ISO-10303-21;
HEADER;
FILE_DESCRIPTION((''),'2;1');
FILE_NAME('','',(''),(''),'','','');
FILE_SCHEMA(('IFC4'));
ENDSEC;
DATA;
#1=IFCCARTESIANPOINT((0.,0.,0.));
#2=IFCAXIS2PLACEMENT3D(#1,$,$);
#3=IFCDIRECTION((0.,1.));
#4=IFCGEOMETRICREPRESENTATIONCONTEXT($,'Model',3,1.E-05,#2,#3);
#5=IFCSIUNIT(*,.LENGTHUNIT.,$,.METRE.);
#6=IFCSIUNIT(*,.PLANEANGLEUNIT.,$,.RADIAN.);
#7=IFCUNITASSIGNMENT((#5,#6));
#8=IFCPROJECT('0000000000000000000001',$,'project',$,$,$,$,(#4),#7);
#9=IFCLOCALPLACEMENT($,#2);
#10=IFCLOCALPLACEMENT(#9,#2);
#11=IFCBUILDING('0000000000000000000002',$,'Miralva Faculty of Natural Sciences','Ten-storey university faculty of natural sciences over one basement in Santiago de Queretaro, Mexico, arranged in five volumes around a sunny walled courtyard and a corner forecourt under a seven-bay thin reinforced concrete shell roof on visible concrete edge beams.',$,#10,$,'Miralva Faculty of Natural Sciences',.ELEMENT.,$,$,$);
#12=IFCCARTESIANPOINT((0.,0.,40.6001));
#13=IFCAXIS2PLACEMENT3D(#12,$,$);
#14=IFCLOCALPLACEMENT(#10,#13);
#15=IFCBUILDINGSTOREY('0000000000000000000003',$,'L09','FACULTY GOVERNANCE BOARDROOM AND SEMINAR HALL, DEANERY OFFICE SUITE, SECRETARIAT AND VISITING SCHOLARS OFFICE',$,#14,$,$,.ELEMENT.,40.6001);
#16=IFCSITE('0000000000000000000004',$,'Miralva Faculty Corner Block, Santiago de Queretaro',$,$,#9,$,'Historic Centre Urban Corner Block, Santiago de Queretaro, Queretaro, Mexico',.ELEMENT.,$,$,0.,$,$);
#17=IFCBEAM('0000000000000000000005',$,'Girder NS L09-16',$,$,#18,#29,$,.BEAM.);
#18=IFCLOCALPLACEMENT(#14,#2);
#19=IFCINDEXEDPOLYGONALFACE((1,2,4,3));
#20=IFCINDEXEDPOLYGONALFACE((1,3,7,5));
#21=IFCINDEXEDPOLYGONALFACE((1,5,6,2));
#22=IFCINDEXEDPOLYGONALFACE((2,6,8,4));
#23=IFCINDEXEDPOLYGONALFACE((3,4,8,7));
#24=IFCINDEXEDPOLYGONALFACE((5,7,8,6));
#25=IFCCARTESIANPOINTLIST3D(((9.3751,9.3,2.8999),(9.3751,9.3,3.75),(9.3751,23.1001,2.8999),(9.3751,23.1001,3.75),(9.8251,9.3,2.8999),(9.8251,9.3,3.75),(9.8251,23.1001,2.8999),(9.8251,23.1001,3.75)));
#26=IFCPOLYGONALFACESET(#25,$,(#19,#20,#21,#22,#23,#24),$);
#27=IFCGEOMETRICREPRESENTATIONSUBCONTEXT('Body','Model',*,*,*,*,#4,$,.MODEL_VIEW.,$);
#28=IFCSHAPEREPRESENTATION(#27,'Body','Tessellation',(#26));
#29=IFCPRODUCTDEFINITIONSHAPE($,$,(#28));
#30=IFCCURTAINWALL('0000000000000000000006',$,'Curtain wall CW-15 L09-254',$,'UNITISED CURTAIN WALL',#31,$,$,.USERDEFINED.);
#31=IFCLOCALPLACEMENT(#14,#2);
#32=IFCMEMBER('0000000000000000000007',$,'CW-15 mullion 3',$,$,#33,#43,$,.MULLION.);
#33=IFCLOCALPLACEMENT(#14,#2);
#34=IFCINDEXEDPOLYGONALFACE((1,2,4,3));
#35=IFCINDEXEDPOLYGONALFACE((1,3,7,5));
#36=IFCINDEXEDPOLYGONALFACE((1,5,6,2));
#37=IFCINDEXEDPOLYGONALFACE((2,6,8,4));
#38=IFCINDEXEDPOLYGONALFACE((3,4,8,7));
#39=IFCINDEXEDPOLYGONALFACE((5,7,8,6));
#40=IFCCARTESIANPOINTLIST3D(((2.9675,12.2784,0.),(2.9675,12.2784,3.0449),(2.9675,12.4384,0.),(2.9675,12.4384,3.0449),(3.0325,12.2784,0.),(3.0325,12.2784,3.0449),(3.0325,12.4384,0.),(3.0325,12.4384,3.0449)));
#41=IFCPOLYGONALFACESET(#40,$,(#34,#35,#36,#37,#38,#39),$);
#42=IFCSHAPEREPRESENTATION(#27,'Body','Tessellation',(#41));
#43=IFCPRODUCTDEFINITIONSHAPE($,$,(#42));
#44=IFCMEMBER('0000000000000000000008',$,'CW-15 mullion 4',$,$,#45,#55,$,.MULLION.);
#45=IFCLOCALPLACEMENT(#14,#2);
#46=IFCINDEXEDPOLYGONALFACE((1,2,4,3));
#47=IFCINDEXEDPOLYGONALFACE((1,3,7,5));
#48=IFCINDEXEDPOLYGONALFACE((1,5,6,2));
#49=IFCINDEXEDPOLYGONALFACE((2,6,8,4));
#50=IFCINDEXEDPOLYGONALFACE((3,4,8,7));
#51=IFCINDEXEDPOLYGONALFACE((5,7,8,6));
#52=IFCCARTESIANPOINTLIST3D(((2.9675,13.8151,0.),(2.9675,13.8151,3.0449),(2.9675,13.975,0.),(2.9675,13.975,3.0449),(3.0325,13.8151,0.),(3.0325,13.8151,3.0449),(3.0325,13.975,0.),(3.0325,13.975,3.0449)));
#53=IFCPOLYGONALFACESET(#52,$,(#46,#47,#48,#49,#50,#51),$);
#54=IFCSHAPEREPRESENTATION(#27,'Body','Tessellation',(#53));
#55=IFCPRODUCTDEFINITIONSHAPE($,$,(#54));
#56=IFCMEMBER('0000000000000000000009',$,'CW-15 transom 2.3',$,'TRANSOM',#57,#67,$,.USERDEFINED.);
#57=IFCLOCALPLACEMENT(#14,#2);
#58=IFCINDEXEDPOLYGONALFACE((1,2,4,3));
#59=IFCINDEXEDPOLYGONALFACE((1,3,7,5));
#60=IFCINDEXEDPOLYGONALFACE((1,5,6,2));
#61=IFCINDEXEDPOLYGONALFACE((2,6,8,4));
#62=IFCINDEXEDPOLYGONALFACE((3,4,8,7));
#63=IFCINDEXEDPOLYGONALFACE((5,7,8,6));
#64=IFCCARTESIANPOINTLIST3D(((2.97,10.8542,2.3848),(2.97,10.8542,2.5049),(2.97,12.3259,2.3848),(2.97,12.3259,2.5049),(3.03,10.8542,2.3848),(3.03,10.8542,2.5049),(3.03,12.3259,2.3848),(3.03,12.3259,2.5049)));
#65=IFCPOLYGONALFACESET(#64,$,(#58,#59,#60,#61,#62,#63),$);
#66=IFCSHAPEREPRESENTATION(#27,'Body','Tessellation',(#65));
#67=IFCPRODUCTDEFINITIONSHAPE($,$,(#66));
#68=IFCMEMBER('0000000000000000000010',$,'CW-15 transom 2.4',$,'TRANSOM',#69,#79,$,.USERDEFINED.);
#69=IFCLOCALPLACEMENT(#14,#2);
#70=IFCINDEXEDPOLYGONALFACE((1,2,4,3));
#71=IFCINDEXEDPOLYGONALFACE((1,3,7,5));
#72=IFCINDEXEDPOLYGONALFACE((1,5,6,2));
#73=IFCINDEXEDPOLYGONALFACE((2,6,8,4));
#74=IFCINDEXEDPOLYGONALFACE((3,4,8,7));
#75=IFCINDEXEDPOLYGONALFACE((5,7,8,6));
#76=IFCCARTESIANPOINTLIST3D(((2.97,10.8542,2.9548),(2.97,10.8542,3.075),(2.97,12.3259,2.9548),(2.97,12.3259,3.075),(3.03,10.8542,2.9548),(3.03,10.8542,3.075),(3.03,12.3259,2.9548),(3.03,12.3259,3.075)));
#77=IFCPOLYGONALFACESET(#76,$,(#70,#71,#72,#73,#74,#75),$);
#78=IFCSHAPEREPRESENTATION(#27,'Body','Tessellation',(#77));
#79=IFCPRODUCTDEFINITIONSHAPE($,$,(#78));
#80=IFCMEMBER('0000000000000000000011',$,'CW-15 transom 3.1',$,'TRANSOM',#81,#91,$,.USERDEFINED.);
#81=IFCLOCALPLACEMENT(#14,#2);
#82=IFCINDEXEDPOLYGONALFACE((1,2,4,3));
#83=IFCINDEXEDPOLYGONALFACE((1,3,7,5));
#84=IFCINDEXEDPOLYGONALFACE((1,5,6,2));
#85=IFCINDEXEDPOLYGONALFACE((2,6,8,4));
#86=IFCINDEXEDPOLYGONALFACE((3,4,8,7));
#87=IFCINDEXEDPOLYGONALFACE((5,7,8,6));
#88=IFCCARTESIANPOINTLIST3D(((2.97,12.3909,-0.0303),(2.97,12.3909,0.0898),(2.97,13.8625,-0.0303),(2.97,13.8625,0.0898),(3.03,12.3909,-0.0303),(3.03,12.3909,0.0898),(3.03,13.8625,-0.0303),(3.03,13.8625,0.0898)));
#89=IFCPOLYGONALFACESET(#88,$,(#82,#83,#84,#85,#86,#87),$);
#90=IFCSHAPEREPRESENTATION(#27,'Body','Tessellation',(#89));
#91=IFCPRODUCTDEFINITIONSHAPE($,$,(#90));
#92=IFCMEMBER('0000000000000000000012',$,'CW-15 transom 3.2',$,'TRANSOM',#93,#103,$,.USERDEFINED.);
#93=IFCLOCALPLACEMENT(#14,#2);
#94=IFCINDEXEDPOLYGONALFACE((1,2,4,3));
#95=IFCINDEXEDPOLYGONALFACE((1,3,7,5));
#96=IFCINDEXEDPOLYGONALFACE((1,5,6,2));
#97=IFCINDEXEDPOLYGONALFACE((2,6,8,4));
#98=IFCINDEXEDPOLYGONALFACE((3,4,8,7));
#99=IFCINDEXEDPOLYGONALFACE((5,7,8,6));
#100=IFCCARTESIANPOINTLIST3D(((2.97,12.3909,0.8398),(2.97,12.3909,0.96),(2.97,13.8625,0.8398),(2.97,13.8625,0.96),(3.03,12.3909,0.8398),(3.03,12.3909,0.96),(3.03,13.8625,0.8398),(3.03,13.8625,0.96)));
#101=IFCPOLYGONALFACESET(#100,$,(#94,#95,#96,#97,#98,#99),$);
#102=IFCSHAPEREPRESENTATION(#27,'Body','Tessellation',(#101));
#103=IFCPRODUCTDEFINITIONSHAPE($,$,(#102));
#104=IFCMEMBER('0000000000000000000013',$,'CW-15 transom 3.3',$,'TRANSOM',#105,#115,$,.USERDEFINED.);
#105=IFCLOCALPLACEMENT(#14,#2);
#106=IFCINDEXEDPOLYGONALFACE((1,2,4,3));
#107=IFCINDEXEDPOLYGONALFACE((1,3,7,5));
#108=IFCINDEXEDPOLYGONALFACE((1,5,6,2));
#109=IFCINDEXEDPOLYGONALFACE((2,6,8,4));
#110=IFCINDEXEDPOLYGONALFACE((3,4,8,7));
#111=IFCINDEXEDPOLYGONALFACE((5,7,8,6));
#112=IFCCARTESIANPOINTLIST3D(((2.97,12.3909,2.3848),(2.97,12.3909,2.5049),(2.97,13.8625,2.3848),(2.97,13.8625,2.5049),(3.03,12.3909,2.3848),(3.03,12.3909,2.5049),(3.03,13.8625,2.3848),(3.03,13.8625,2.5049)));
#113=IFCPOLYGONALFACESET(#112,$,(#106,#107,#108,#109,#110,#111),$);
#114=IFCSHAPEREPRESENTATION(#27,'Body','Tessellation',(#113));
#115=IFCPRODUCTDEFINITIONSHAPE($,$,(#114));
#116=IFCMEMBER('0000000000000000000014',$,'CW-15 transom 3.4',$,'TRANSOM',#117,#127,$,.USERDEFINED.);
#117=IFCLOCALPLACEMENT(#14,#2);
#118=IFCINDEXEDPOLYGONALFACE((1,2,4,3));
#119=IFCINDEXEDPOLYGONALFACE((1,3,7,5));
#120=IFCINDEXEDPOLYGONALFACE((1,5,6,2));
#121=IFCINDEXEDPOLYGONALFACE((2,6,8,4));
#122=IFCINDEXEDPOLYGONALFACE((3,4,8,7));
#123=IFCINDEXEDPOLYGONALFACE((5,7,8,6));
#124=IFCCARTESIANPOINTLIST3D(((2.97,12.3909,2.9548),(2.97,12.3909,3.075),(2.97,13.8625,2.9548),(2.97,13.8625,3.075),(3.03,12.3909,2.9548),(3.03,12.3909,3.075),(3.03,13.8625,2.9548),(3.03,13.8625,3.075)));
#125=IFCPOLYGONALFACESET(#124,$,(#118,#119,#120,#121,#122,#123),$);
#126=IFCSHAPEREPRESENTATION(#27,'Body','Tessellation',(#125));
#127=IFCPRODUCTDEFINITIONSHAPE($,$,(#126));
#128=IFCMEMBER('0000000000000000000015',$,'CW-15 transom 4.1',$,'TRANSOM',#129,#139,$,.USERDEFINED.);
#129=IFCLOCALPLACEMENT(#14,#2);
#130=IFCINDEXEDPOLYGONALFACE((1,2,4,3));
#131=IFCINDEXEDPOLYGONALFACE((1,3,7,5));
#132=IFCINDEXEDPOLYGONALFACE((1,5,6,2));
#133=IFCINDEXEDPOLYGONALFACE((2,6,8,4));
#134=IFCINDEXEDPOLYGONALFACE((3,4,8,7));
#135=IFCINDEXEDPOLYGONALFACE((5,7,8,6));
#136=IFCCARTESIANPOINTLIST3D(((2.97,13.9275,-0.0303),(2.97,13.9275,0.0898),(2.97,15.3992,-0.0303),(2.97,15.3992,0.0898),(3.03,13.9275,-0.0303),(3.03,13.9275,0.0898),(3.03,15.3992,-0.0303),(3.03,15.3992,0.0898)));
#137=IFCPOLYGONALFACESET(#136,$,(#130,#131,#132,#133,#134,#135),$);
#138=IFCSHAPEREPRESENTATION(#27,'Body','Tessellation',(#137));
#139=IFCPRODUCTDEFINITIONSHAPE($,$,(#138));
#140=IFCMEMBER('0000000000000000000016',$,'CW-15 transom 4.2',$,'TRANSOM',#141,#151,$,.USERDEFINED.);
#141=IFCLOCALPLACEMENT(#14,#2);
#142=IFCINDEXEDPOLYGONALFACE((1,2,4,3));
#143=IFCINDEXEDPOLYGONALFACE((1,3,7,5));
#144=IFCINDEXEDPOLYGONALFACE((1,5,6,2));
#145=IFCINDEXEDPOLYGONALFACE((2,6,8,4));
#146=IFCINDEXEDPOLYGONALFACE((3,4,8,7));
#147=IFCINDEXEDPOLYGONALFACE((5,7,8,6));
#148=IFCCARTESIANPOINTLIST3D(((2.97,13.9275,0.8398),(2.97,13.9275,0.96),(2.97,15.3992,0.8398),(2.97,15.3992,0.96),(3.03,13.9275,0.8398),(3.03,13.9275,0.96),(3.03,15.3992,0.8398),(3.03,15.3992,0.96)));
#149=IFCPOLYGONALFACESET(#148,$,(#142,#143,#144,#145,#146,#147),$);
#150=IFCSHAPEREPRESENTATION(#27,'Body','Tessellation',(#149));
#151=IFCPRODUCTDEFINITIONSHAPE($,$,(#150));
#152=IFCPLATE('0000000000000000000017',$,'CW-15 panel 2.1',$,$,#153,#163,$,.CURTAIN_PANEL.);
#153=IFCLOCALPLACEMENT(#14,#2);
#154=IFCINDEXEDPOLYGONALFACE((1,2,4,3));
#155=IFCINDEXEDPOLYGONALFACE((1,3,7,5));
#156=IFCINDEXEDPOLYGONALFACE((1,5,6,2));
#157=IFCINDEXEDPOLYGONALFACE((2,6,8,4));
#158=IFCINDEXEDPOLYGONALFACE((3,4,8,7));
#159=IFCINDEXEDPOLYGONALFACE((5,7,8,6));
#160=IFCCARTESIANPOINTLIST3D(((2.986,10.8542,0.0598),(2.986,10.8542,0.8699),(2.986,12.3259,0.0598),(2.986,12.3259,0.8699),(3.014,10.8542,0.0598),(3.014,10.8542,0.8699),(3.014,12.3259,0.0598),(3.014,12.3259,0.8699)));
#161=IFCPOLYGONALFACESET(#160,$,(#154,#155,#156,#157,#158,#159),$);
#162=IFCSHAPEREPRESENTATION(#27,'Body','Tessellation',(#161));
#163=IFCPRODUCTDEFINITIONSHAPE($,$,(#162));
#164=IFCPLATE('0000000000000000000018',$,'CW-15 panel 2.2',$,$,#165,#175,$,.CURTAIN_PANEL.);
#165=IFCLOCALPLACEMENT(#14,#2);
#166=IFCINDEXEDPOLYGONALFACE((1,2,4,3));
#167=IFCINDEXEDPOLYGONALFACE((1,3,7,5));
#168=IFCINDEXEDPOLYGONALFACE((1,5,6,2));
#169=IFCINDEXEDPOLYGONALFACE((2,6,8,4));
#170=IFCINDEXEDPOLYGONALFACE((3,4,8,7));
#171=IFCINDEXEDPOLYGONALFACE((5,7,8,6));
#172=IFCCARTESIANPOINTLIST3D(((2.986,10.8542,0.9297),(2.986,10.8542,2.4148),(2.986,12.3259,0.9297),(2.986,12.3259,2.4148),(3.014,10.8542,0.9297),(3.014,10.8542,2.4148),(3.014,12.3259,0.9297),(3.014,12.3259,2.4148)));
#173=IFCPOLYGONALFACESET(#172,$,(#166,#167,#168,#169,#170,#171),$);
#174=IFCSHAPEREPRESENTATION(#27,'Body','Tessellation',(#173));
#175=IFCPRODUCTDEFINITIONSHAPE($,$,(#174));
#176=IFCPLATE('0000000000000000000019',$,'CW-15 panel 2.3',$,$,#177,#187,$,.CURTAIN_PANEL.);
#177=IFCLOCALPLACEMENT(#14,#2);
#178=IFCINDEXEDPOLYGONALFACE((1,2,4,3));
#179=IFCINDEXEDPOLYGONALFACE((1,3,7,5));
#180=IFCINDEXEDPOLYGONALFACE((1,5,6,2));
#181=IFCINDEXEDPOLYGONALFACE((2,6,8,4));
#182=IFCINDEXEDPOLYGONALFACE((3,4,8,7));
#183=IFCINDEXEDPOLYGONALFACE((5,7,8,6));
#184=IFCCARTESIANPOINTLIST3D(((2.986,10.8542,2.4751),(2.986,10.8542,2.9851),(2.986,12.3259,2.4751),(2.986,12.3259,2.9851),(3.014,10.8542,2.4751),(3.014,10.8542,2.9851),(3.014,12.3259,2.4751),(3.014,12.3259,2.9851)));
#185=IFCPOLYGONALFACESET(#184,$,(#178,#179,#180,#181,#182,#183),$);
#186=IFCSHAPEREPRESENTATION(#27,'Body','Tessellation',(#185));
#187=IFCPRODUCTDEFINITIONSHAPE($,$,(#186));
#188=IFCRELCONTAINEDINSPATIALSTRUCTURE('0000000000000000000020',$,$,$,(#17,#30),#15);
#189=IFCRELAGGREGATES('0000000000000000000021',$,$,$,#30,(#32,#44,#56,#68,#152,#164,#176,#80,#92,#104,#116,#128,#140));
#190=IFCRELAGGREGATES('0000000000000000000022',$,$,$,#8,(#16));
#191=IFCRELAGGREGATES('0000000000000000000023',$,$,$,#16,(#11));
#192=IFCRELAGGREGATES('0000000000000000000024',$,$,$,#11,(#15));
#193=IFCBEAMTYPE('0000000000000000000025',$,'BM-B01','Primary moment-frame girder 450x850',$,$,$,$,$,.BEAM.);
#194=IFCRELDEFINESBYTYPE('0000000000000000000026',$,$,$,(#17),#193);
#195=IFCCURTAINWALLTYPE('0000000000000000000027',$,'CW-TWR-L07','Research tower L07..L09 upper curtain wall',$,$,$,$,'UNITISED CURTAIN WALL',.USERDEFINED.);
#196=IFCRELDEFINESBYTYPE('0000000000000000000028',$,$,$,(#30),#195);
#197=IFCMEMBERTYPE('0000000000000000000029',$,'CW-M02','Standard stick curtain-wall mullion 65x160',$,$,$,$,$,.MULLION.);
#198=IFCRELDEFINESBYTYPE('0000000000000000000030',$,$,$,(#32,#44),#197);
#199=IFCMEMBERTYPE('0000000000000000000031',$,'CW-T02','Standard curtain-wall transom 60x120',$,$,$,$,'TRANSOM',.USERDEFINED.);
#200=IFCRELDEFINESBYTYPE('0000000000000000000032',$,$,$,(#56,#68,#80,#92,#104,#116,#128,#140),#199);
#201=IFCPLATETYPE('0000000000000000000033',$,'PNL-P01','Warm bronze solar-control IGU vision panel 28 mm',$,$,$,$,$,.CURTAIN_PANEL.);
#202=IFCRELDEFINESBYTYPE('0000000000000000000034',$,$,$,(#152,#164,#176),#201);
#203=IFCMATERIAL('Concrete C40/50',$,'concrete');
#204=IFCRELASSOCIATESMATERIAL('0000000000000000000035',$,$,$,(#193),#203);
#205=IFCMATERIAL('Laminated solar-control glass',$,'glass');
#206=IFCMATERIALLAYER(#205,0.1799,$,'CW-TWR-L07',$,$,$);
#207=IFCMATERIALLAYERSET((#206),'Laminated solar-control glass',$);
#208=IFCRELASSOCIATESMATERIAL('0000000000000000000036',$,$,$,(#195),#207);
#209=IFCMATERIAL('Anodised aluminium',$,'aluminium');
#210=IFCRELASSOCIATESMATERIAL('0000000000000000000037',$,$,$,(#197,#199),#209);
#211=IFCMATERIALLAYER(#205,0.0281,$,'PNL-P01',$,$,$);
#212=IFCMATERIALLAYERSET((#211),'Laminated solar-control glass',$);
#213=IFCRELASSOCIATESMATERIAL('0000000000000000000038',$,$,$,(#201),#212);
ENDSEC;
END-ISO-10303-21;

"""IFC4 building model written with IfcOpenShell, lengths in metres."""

from ifc_helpers import new_model, si_unit, direction, frame, origin, origin_2d, place, context, subcontext, project, spatial, rectangle, extrude, material, layer, layer_set, material_profile, profile_set, type_object, element, aggregate, save


model = new_model("IFC4")

# Units and contexts
model_context = context("Model", 3, precision=1e-05, world=origin(), true_north=direction((0.0, 1.0)))
body_context = subcontext(model_context, "Body", "Model", "MODEL_VIEW")
ifc_project = project(units=[si_unit("LENGTHUNIT", "METRE"), si_unit("PLANEANGLEUNIT", "RADIAN")], contexts=[model_context])

# Site, building, storey
site_placement = place(None, origin())
site = spatial("IfcSite", under=ifc_project, at=site_placement, Name="Miralva Faculty Corner Block, Santiago de Queretaro", LongName="Historic Centre Urban Corner Block, Santiago de Queretaro, Queretaro, Mexico", CompositionType="ELEMENT", RefElevation=0.0)
building_placement = place(site_placement, origin())
building = spatial("IfcBuilding", under=site, at=building_placement, Name="Miralva Faculty of Natural Sciences", Description="Ten-storey university faculty of natural sciences over one basement in Santiago de Queretaro, Mexico, arranged in five volumes around a sunny walled courtyard and a corner forecourt under a seven-bay thin reinforced concrete shell roof on visible concrete edge beams.", LongName="Miralva Faculty of Natural Sciences", CompositionType="ELEMENT")
storey_placement = place(building_placement, frame((0.0, 0.0, 40.6001)))
storey = spatial("IfcBuildingStorey", under=building, at=storey_placement, Name="L09", Description="FACULTY GOVERNANCE BOARDROOM AND SEMINAR HALL, DEANERY OFFICE SUITE, SECRETARIAT AND VISITING SCHOLARS OFFICE", CompositionType="ELEMENT", Elevation=40.6001)

# Beam
ifc_material_1 = material(Name="Concrete C40/50", Category="concrete")
ifc_material_profile_1 = material_profile(ifc_material_1, rectangle(XDim=0.45, YDim=0.8501, at=origin_2d()), Name="RC 450x850")
ifc_profile_set_1 = profile_set([ifc_material_profile_1], Name="Concrete C40/50")
beam_type = type_object("IfcBeamType", Name="BM-B01", Description="Primary moment-frame girder 450x850", PredefinedType="BEAM", material=ifc_profile_set_1)
beam_placement = place(storey_placement, frame((9.6001, 9.3, 3.325), z_axis=(0.0, 1.0, 0.0), x_axis=(-1.0, 0.0, 0.0)))
element("IfcBeam", 1, at=beam_placement, inside=storey, type_object=beam_type, Name="Girder NS L09-16", PredefinedType="BEAM", context=body_context, shape_type="SweptSolid", body=[
    extrude(rectangle(XDim=0.45, YDim=0.8501, at=origin_2d()), origin(), (0.0, 0.0, 1.0), 13.8),
])

# Curtain wall, members, plates
ifc_material_2 = material(Name="Laminated solar-control glass", Category="glass")
ifc_layer_1 = layer(ifc_material_2, 0.1799, Name="CW-TWR-L07")
ifc_layer_set_1 = layer_set([ifc_layer_1], Name="Laminated solar-control glass")
curtain_wall_type = type_object("IfcCurtainWallType", Name="CW-TWR-L07", Description="Research tower L07..L09 upper curtain wall", ElementType="UNITISED CURTAIN WALL", PredefinedType="USERDEFINED", material=ifc_layer_set_1)
curtain_wall_placement = place(storey_placement, origin())
curtain_wall = element("IfcCurtainWall", 2, at=curtain_wall_placement, inside=storey, type_object=curtain_wall_type, Name="Curtain wall CW-15 L09-254", ObjectType="UNITISED CURTAIN WALL", PredefinedType="USERDEFINED")
ifc_material_3 = material(Name="Anodised aluminium", Category="aluminium")
ifc_material_profile_2 = material_profile(ifc_material_3, rectangle(XDim=0.0649, YDim=0.1599, at=origin_2d()), Name="MULLION 65x160")
ifc_profile_set_2 = profile_set([ifc_material_profile_2], Name="Anodised aluminium")
member_type_1 = type_object("IfcMemberType", Name="CW-M02", Description="Standard stick curtain-wall mullion 65x160", PredefinedType="MULLION", material=ifc_profile_set_2)
member_1_placement = place(storey_placement, frame((3.0, 12.3584, 0.0), z_axis=(0.0, 0.0, 1.0), x_axis=(-1.0, 0.0, 0.0)))
member_1 = element("IfcMember", 3, at=member_1_placement, type_object=member_type_1, Name="CW-15 mullion 3", PredefinedType="MULLION", context=body_context, shape_type="SweptSolid", body=[
    extrude(rectangle(XDim=0.0649, YDim=0.1599, at=origin_2d()), origin(), (0.0, 0.0, 1.0), 3.0449),
])
member_2_placement = place(storey_placement, frame((3.0, 13.895, 0.0), z_axis=(0.0, 0.0, 1.0), x_axis=(-1.0, 0.0, 0.0)))
member_2 = element("IfcMember", 4, at=member_2_placement, type_object=member_type_1, Name="CW-15 mullion 4", PredefinedType="MULLION", context=body_context, shape_type="SweptSolid", body=[
    extrude(rectangle(XDim=0.0649, YDim=0.1599, at=origin_2d()), origin(), (0.0, 0.0, 1.0), 3.0449),
])
ifc_material_profile_3 = material_profile(ifc_material_3, rectangle(XDim=0.0601, YDim=0.1201, at=origin_2d()), Name="TRANSOM 60x120")
ifc_profile_set_3 = profile_set([ifc_material_profile_3], Name="Anodised aluminium")
member_type_2 = type_object("IfcMemberType", Name="CW-T02", Description="Standard curtain-wall transom 60x120", ElementType="TRANSOM", PredefinedType="USERDEFINED", material=ifc_profile_set_3)
member_3_placement = place(storey_placement, frame((3.0, 10.8542, 2.4448), z_axis=(0.0, 1.0, 0.0), x_axis=(-1.0, 0.0, 0.0)))
member_3 = element("IfcMember", 5, at=member_3_placement, type_object=member_type_2, Name="CW-15 transom 2.3", ObjectType="TRANSOM", PredefinedType="USERDEFINED", context=body_context, shape_type="SweptSolid", body=[
    extrude(rectangle(XDim=0.0601, YDim=0.1201, at=origin_2d()), origin(), (0.0, 0.0, 1.0), 1.4717),
])
member_4_placement = place(storey_placement, frame((3.0, 10.8542, 3.0149), z_axis=(0.0, 1.0, 0.0), x_axis=(-1.0, 0.0, 0.0)))
member_4 = element("IfcMember", 6, at=member_4_placement, type_object=member_type_2, Name="CW-15 transom 2.4", ObjectType="TRANSOM", PredefinedType="USERDEFINED", context=body_context, shape_type="SweptSolid", body=[
    extrude(rectangle(XDim=0.0601, YDim=0.1201, at=origin_2d()), origin(), (0.0, 0.0, 1.0), 1.4717),
])
member_5_placement = place(storey_placement, frame((3.0, 12.3909, 0.0298), z_axis=(0.0, 1.0, 0.0), x_axis=(-1.0, 0.0, 0.0)))
member_5 = element("IfcMember", 7, at=member_5_placement, type_object=member_type_2, Name="CW-15 transom 3.1", ObjectType="TRANSOM", PredefinedType="USERDEFINED", context=body_context, shape_type="SweptSolid", body=[
    extrude(rectangle(XDim=0.0601, YDim=0.1201, at=origin_2d()), origin(), (0.0, 0.0, 1.0), 1.4717),
])
member_6_placement = place(storey_placement, frame((3.0, 12.3909, 0.8999), z_axis=(0.0, 1.0, 0.0), x_axis=(-1.0, 0.0, 0.0)))
member_6 = element("IfcMember", 8, at=member_6_placement, type_object=member_type_2, Name="CW-15 transom 3.2", ObjectType="TRANSOM", PredefinedType="USERDEFINED", context=body_context, shape_type="SweptSolid", body=[
    extrude(rectangle(XDim=0.0601, YDim=0.1201, at=origin_2d()), origin(), (0.0, 0.0, 1.0), 1.4717),
])
member_7_placement = place(storey_placement, frame((3.0, 12.3909, 2.4448), z_axis=(0.0, 1.0, 0.0), x_axis=(-1.0, 0.0, 0.0)))
member_7 = element("IfcMember", 9, at=member_7_placement, type_object=member_type_2, Name="CW-15 transom 3.3", ObjectType="TRANSOM", PredefinedType="USERDEFINED", context=body_context, shape_type="SweptSolid", body=[
    extrude(rectangle(XDim=0.0601, YDim=0.1201, at=origin_2d()), origin(), (0.0, 0.0, 1.0), 1.4717),
])
member_8_placement = place(storey_placement, frame((3.0, 12.3909, 3.0149), z_axis=(0.0, 1.0, 0.0), x_axis=(-1.0, 0.0, 0.0)))
member_8 = element("IfcMember", 10, at=member_8_placement, type_object=member_type_2, Name="CW-15 transom 3.4", ObjectType="TRANSOM", PredefinedType="USERDEFINED", context=body_context, shape_type="SweptSolid", body=[
    extrude(rectangle(XDim=0.0601, YDim=0.1201, at=origin_2d()), origin(), (0.0, 0.0, 1.0), 1.4717),
])
member_9_placement = place(storey_placement, frame((3.0, 13.9275, 0.0298), z_axis=(0.0, 1.0, 0.0), x_axis=(-1.0, 0.0, 0.0)))
member_9 = element("IfcMember", 11, at=member_9_placement, type_object=member_type_2, Name="CW-15 transom 4.1", ObjectType="TRANSOM", PredefinedType="USERDEFINED", context=body_context, shape_type="SweptSolid", body=[
    extrude(rectangle(XDim=0.0601, YDim=0.1201, at=origin_2d()), origin(), (0.0, 0.0, 1.0), 1.4717),
])
member_10_placement = place(storey_placement, frame((3.0, 13.9275, 0.8999), z_axis=(0.0, 1.0, 0.0), x_axis=(-1.0, 0.0, 0.0)))
member_10 = element("IfcMember", 12, at=member_10_placement, type_object=member_type_2, Name="CW-15 transom 4.2", ObjectType="TRANSOM", PredefinedType="USERDEFINED", context=body_context, shape_type="SweptSolid", body=[
    extrude(rectangle(XDim=0.0601, YDim=0.1201, at=origin_2d()), origin(), (0.0, 0.0, 1.0), 1.4717),
])
ifc_layer_2 = layer(ifc_material_2, 0.0281, Name="PNL-P01")
ifc_layer_set_2 = layer_set([ifc_layer_2], Name="Laminated solar-control glass")
plate_type = type_object("IfcPlateType", Name="PNL-P01", Description="Warm bronze solar-control IGU vision panel 28 mm", PredefinedType="CURTAIN_PANEL", material=ifc_layer_set_2)
plate_1_placement = place(storey_placement, frame((3.0, 11.5901, 0.0598), z_axis=(0.0, 0.0, 1.0), x_axis=(0.0, 1.0, 0.0)))
plate_1 = element("IfcPlate", 13, at=plate_1_placement, type_object=plate_type, Name="CW-15 panel 2.1", PredefinedType="CURTAIN_PANEL", context=body_context, shape_type="SweptSolid", body=[
    extrude(rectangle(XDim=1.4717, YDim=0.0281, at=origin_2d()), origin(), (0.0, 0.0, 1.0), 0.8101),
])
plate_2_placement = place(storey_placement, frame((3.0, 11.5901, 0.9297), z_axis=(0.0, 0.0, 1.0), x_axis=(0.0, 1.0, 0.0)))
plate_2 = element("IfcPlate", 14, at=plate_2_placement, type_object=plate_type, Name="CW-15 panel 2.2", PredefinedType="CURTAIN_PANEL", context=body_context, shape_type="SweptSolid", body=[
    extrude(rectangle(XDim=1.4717, YDim=0.0281, at=origin_2d()), origin(), (0.0, 0.0, 1.0), 1.4851),
])
plate_3_placement = place(storey_placement, frame((3.0, 11.5901, 2.4751), z_axis=(0.0, 0.0, 1.0), x_axis=(0.0, 1.0, 0.0)))
plate_3 = element("IfcPlate", 15, at=plate_3_placement, type_object=plate_type, Name="CW-15 panel 2.3", PredefinedType="CURTAIN_PANEL", context=body_context, shape_type="SweptSolid", body=[
    extrude(rectangle(XDim=1.4717, YDim=0.0281, at=origin_2d()), origin(), (0.0, 0.0, 1.0), 0.51),
])
aggregate(curtain_wall, [member_1, member_2, member_3, member_4, plate_1, plate_2, plate_3, member_5, member_6, member_7, member_8, member_9, member_10])

save(model, "model.ifc")
